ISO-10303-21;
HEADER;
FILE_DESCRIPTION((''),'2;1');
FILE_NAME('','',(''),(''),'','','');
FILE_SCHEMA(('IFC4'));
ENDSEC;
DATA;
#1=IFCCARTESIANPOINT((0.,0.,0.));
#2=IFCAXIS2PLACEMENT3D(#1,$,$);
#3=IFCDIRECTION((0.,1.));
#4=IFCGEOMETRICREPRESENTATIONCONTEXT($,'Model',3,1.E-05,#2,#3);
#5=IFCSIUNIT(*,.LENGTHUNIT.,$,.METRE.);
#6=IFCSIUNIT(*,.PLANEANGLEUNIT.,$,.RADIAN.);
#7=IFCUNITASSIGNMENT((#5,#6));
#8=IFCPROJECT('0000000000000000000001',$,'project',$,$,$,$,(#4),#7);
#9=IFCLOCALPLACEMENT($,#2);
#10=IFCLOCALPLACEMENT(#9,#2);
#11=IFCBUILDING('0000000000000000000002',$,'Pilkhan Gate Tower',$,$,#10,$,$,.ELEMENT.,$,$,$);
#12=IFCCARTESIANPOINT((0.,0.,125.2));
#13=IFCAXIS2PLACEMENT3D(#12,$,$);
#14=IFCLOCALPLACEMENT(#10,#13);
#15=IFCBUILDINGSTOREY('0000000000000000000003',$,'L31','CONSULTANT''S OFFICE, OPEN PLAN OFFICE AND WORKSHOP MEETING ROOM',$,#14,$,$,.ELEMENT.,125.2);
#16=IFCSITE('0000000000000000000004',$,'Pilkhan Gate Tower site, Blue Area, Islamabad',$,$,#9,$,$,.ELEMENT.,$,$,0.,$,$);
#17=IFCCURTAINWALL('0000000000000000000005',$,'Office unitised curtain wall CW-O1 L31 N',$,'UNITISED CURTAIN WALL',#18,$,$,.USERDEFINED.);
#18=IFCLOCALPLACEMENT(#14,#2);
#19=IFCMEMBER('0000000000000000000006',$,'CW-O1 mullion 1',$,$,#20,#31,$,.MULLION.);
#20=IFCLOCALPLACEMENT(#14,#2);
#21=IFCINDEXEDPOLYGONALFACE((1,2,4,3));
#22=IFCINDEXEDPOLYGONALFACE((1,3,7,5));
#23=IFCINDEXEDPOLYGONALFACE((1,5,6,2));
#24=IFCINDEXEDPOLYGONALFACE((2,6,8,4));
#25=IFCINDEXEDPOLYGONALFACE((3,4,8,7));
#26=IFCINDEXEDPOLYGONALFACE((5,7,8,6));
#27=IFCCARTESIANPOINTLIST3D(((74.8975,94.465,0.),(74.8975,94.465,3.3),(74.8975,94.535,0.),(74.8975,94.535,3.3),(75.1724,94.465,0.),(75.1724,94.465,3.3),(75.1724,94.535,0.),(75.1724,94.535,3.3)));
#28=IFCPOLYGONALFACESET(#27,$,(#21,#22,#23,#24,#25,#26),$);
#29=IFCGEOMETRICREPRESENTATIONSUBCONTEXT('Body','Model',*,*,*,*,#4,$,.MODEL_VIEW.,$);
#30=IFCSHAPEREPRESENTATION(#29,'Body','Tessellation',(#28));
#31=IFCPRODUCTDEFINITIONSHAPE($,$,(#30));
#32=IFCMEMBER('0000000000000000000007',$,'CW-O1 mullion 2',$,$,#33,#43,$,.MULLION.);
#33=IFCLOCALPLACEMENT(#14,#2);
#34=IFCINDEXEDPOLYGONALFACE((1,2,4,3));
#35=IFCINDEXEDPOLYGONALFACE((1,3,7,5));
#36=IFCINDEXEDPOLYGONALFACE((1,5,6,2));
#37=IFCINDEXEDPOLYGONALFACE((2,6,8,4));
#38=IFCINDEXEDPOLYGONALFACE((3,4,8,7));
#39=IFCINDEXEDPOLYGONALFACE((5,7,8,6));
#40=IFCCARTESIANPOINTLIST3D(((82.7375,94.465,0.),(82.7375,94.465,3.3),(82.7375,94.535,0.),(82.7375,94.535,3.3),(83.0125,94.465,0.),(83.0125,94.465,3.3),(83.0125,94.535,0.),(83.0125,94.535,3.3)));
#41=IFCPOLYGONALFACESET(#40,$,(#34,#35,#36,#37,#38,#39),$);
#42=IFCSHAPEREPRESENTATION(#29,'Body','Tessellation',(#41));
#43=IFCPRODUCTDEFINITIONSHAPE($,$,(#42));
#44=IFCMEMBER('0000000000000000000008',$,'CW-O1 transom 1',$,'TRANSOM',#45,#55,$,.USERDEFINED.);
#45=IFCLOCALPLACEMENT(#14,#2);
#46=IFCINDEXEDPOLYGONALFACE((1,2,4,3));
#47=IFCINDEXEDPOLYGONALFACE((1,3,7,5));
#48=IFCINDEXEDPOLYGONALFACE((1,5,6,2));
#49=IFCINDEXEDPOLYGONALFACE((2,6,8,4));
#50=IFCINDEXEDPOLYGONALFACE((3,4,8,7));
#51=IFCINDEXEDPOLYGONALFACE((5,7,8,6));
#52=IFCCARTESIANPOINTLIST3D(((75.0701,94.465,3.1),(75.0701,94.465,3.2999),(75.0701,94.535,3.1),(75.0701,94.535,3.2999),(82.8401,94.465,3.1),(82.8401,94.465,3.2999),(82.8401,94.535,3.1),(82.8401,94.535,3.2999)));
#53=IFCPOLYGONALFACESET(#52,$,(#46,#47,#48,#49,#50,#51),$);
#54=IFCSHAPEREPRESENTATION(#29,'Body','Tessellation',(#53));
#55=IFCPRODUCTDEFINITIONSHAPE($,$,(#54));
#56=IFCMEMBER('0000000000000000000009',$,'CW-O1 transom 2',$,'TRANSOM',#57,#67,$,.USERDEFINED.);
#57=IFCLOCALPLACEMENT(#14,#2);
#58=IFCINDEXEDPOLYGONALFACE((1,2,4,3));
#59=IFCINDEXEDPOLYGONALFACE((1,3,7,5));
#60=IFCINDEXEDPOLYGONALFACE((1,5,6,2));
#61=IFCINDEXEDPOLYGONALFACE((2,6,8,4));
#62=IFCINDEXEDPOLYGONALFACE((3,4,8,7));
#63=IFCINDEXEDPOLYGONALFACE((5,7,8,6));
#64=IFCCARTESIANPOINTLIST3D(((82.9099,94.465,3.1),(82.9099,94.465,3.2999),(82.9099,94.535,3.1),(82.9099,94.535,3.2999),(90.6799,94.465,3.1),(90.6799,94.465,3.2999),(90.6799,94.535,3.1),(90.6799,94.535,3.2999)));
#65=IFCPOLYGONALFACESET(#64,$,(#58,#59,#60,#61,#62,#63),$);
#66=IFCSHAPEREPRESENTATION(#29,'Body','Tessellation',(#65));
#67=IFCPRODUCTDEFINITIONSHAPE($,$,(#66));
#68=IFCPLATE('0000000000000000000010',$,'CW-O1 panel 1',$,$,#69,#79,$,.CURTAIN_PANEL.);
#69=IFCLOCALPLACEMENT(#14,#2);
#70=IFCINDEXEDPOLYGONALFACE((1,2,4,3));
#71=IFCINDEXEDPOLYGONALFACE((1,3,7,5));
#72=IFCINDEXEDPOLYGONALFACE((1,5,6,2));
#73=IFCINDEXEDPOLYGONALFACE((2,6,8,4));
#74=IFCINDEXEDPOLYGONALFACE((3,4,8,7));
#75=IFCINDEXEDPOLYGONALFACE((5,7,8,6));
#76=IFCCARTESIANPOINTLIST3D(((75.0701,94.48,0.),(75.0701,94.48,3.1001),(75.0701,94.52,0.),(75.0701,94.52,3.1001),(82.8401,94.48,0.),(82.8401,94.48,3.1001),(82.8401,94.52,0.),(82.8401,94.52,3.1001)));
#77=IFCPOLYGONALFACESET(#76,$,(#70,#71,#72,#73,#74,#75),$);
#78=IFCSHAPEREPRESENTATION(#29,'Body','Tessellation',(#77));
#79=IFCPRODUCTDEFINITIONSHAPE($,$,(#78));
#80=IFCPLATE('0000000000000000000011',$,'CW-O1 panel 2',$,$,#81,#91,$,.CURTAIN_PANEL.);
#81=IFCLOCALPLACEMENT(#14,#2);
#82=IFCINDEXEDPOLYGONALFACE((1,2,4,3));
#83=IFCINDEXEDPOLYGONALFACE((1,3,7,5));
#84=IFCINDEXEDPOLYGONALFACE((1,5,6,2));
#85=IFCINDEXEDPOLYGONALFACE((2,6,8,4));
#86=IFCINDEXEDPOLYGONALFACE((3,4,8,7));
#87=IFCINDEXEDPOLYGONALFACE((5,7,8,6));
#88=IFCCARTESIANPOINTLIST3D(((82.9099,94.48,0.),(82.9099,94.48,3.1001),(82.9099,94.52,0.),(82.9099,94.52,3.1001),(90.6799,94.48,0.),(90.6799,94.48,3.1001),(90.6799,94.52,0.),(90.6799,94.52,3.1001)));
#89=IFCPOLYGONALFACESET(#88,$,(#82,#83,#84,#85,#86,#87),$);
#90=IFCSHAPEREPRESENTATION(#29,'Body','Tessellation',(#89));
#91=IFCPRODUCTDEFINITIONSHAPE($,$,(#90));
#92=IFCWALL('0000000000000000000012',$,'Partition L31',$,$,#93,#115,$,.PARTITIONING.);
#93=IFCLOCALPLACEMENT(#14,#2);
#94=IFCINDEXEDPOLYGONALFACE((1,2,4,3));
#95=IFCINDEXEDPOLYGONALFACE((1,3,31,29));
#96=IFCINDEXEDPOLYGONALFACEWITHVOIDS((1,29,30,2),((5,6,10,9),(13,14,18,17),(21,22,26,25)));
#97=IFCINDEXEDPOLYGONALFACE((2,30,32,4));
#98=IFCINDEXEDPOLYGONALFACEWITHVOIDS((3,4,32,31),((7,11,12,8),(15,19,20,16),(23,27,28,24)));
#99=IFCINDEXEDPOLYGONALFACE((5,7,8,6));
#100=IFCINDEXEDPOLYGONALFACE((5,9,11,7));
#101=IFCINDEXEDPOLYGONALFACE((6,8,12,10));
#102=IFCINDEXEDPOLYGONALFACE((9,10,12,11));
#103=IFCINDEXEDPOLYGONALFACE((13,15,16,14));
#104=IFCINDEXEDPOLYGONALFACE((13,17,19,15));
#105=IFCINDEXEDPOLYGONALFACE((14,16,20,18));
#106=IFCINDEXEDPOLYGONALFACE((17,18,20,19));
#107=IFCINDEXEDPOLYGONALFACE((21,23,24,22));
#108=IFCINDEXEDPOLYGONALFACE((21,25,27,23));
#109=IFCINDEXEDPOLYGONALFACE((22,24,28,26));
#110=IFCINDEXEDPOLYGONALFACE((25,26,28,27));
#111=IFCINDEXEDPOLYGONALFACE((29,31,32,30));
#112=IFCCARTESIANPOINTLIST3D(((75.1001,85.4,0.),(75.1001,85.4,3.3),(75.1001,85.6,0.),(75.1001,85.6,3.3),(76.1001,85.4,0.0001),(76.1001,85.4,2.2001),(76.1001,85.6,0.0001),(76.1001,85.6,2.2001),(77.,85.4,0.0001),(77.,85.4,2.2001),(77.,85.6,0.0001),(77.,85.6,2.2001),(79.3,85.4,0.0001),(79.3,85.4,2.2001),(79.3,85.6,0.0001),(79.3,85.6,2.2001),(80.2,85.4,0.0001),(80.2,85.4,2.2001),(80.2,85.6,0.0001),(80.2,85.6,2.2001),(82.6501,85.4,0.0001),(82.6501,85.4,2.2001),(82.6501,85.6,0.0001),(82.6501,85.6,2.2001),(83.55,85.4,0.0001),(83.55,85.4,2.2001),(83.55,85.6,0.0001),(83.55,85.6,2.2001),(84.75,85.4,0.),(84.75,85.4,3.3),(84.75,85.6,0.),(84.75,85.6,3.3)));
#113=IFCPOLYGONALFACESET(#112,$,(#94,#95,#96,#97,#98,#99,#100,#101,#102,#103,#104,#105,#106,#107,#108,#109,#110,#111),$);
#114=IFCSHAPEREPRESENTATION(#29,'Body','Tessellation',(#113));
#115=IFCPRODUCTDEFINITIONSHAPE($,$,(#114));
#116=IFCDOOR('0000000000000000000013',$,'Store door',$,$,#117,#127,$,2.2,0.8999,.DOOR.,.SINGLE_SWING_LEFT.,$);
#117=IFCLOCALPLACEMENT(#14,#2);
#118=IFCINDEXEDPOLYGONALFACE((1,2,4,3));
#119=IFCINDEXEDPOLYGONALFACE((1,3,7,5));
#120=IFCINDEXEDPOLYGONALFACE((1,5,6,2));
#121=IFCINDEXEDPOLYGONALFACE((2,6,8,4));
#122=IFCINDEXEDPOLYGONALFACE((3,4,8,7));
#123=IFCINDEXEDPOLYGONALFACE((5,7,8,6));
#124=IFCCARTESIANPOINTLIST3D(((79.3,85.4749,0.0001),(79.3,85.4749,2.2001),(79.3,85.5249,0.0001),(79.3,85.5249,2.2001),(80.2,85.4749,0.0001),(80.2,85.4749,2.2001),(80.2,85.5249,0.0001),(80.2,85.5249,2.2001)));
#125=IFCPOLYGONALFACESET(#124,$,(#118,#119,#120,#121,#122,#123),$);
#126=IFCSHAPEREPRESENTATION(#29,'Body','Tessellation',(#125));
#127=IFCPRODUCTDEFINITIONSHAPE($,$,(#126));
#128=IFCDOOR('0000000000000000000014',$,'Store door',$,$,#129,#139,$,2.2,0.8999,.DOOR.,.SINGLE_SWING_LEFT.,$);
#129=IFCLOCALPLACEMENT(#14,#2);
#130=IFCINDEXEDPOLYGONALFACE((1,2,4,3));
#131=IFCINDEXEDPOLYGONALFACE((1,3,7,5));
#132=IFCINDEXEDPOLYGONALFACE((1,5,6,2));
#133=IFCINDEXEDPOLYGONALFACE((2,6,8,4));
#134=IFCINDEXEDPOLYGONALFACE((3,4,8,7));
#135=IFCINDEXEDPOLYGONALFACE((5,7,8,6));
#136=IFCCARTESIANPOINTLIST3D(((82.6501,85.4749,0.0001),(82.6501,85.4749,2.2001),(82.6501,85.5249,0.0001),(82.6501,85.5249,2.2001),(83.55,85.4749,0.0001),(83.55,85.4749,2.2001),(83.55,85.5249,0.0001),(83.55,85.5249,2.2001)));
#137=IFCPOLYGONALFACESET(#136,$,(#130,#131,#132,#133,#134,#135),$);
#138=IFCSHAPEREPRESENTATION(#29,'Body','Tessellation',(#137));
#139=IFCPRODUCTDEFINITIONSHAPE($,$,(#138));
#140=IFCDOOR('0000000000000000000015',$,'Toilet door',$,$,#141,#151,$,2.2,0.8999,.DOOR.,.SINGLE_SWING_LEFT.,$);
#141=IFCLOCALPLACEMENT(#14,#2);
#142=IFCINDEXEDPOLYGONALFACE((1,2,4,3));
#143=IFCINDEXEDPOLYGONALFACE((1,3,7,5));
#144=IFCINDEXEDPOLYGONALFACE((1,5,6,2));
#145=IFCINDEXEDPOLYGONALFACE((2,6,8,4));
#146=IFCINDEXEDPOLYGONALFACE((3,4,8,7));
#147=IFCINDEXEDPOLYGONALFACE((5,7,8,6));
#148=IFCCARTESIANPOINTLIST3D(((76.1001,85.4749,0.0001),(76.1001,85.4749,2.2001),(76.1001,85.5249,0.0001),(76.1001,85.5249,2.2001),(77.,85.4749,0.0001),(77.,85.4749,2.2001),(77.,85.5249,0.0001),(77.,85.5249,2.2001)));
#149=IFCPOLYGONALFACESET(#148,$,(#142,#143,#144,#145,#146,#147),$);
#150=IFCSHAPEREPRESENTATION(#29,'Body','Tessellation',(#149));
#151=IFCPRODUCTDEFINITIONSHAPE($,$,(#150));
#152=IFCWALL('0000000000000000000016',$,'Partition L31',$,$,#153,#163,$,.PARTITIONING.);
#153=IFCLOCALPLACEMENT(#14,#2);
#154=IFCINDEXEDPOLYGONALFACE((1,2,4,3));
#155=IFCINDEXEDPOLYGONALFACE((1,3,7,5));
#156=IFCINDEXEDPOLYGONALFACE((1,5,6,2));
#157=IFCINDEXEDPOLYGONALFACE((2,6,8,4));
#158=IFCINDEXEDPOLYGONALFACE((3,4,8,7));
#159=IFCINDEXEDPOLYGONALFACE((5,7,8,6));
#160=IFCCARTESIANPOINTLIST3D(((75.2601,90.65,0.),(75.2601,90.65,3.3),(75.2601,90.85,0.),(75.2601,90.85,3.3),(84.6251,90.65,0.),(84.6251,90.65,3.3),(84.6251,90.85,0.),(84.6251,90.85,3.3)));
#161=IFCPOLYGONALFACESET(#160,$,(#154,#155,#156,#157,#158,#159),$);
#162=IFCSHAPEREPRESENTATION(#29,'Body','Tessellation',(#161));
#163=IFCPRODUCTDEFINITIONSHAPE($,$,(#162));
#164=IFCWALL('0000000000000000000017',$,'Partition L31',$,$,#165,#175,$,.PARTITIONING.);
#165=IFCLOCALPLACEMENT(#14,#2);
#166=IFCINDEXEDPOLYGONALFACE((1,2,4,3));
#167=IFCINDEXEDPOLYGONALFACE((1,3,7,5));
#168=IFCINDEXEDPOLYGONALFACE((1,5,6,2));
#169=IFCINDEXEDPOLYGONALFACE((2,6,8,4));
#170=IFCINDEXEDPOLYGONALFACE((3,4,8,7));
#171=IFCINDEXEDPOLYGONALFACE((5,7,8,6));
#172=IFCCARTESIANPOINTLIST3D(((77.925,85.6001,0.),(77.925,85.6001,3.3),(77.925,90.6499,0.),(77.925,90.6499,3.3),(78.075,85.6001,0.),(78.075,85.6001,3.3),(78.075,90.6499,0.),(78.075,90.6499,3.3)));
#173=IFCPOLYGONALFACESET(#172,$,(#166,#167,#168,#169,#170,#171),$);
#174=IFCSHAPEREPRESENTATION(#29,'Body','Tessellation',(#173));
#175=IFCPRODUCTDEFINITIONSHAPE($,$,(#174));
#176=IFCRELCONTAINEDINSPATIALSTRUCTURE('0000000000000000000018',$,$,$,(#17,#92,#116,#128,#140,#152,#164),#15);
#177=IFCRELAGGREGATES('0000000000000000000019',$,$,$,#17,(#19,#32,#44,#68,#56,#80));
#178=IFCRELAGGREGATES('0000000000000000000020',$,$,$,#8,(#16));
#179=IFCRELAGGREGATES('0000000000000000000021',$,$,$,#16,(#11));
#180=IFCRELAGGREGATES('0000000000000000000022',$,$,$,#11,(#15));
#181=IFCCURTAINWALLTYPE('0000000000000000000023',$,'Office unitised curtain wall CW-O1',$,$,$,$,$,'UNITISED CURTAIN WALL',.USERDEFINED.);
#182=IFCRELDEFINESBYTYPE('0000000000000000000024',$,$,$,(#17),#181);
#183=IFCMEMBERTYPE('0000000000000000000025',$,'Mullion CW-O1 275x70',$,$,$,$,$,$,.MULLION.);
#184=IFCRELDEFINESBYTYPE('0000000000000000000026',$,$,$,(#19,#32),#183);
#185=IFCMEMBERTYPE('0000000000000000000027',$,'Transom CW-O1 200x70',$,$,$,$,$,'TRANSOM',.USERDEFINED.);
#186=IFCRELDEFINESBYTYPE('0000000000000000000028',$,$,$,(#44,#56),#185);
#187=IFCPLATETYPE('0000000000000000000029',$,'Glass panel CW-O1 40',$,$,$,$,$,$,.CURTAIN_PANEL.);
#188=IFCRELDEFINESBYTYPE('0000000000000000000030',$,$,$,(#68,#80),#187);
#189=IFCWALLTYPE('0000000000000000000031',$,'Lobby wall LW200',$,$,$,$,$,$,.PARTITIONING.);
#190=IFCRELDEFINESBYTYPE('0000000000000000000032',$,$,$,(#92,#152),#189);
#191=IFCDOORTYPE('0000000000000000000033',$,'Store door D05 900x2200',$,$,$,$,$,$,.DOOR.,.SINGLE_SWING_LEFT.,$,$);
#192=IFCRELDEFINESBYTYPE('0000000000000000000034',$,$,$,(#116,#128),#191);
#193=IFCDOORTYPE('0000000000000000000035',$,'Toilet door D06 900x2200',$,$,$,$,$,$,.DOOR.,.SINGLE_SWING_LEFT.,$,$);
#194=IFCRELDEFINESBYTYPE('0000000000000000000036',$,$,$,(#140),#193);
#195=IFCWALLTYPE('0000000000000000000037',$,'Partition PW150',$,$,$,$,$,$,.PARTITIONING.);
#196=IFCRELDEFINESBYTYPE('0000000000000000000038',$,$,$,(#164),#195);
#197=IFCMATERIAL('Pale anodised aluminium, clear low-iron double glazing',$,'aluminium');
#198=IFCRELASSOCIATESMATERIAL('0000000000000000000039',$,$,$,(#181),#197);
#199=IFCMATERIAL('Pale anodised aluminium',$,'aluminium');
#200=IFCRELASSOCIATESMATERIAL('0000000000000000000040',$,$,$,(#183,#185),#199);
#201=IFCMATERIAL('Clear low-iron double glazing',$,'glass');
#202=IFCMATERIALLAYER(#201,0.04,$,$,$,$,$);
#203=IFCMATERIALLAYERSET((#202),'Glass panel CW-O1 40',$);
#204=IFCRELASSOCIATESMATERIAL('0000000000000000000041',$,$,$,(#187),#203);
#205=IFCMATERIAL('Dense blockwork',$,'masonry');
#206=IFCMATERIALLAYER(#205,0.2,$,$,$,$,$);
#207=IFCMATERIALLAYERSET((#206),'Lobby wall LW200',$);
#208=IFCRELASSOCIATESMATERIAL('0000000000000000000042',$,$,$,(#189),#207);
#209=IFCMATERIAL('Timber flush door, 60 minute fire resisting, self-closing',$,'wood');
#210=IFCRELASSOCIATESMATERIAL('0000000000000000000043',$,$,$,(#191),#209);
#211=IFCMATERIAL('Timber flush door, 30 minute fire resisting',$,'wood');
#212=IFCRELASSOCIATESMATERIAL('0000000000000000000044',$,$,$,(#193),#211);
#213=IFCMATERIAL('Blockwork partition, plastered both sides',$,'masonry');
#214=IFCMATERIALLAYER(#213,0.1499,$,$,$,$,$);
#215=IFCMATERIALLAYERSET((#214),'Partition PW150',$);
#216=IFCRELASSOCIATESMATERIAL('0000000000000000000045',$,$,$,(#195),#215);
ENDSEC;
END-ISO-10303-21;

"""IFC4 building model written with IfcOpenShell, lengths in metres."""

from ifc_helpers import new_model, si_unit, direction, frame, frame_2d, origin, origin_2d, place, context, subcontext, project, spatial, rectangle, extrude, material, layer, layer_set, material_profile, profile_set, type_object, element, fill, aggregate, save


model = new_model("IFC4")

# Units and contexts
model_context = context("Model", 3, precision=1e-05, world=origin(), true_north=direction((0.0, 1.0)))
body_context = subcontext(model_context, "Body", "Model", "MODEL_VIEW")
ifc_project = project(units=[si_unit("LENGTHUNIT", "METRE"), si_unit("PLANEANGLEUNIT", "RADIAN")], contexts=[model_context])

# Site, building, storey
site_placement = place(None, origin())
site = spatial("IfcSite", under=ifc_project, at=site_placement, Name="Pilkhan Gate Tower site, Blue Area, Islamabad", CompositionType="ELEMENT", RefElevation=0.0)
building_placement = place(site_placement, origin())
building = spatial("IfcBuilding", under=site, at=building_placement, Name="Pilkhan Gate Tower", CompositionType="ELEMENT")
storey_placement = place(building_placement, frame((0.0, 0.0, 125.2)))
storey = spatial("IfcBuildingStorey", under=building, at=storey_placement, Name="L31", Description="CONSULTANT'S OFFICE, OPEN PLAN OFFICE AND WORKSHOP MEETING ROOM", CompositionType="ELEMENT", Elevation=125.2)

# Curtain wall, members, plates
ifc_material_1 = material(Name="Pale anodised aluminium, clear low-iron double glazing", Category="aluminium")
curtain_wall_type = type_object("IfcCurtainWallType", Name="Office unitised curtain wall CW-O1", ElementType="UNITISED CURTAIN WALL", PredefinedType="USERDEFINED", material=ifc_material_1)
curtain_wall_placement = place(storey_placement, origin())
curtain_wall = element("IfcCurtainWall", 1, at=curtain_wall_placement, inside=storey, type_object=curtain_wall_type, Name="Office unitised curtain wall CW-O1 L31 N", ObjectType="UNITISED CURTAIN WALL", PredefinedType="USERDEFINED")
ifc_material_2 = material(Name="Pale anodised aluminium", Category="aluminium")
ifc_material_profile_1 = material_profile(ifc_material_2, rectangle(XDim=0.0701, YDim=0.2749, at=origin_2d()), Name="Mullion 275x70")
ifc_profile_set_1 = profile_set([ifc_material_profile_1], Name="Pale anodised aluminium")
member_type_1 = type_object("IfcMemberType", Name="Mullion CW-O1 275x70", PredefinedType="MULLION", material=ifc_profile_set_1)
member_1_placement = place(storey_placement, frame((75.0349, 94.5, 0.0), z_axis=(0.0, 0.0, 1.0), x_axis=(0.0, 1.0, 0.0)))
member_1 = element("IfcMember", 2, at=member_1_placement, type_object=member_type_1, Name="CW-O1 mullion 1", PredefinedType="MULLION", context=body_context, shape_type="SweptSolid", body=[
    extrude(rectangle(XDim=0.0701, YDim=0.2749, at=origin_2d()), origin(), (0.0, 0.0, 1.0), 3.3),
])
member_2_placement = place(storey_placement, frame((82.875, 94.5, 0.0), z_axis=(0.0, 0.0, 1.0), x_axis=(0.0, 1.0, 0.0)))
member_2 = element("IfcMember", 3, at=member_2_placement, type_object=member_type_1, Name="CW-O1 mullion 2", PredefinedType="MULLION", context=body_context, shape_type="SweptSolid", body=[
    extrude(rectangle(XDim=0.0701, YDim=0.2749, at=origin_2d()), origin(), (0.0, 0.0, 1.0), 3.3),
])
ifc_material_profile_2 = material_profile(ifc_material_2, rectangle(XDim=0.0701, YDim=0.2, at=origin_2d()), Name="Transom 200x70")
ifc_profile_set_2 = profile_set([ifc_material_profile_2], Name="Pale anodised aluminium")
member_type_2 = type_object("IfcMemberType", Name="Transom CW-O1 200x70", ElementType="TRANSOM", PredefinedType="USERDEFINED", material=ifc_profile_set_2)
member_3_placement = place(storey_placement, frame((75.0701, 94.5, 3.2), z_axis=(1.0, 0.0, 0.0), x_axis=(0.0, 1.0, 0.0)))
member_3 = element("IfcMember", 4, at=member_3_placement, type_object=member_type_2, Name="CW-O1 transom 1", ObjectType="TRANSOM", PredefinedType="USERDEFINED", context=body_context, shape_type="SweptSolid", body=[
    extrude(rectangle(XDim=0.0701, YDim=0.2, at=origin_2d()), origin(), (0.0, 0.0, 1.0), 7.77),
])
member_4_placement = place(storey_placement, frame((82.9099, 94.5, 3.2), z_axis=(1.0, 0.0, 0.0), x_axis=(0.0, 1.0, 0.0)))
member_4 = element("IfcMember", 5, at=member_4_placement, type_object=member_type_2, Name="CW-O1 transom 2", ObjectType="TRANSOM", PredefinedType="USERDEFINED", context=body_context, shape_type="SweptSolid", body=[
    extrude(rectangle(XDim=0.0701, YDim=0.2, at=origin_2d()), origin(), (0.0, 0.0, 1.0), 7.77),
])
ifc_material_3 = material(Name="Clear low-iron double glazing", Category="glass")
ifc_layer_1 = layer(ifc_material_3, 0.04)
ifc_layer_set_1 = layer_set([ifc_layer_1], Name="Glass panel CW-O1 40")
plate_type = type_object("IfcPlateType", Name="Glass panel CW-O1 40", PredefinedType="CURTAIN_PANEL", material=ifc_layer_set_1)
plate_1_placement = place(storey_placement, frame((78.9551, 94.5, 0.0), z_axis=(0.0, 0.0, 1.0), x_axis=(1.0, 0.0, 0.0)))
plate_1 = element("IfcPlate", 6, at=plate_1_placement, type_object=plate_type, Name="CW-O1 panel 1", PredefinedType="CURTAIN_PANEL", context=body_context, shape_type="SweptSolid", body=[
    extrude(rectangle(XDim=7.77, YDim=0.04, at=origin_2d()), origin(), (0.0, 0.0, 1.0), 3.1001),
])
plate_2_placement = place(storey_placement, frame((86.7949, 94.5, 0.0), z_axis=(0.0, 0.0, 1.0), x_axis=(1.0, 0.0, 0.0)))
plate_2 = element("IfcPlate", 7, at=plate_2_placement, type_object=plate_type, Name="CW-O1 panel 2", PredefinedType="CURTAIN_PANEL", context=body_context, shape_type="SweptSolid", body=[
    extrude(rectangle(XDim=7.77, YDim=0.04, at=origin_2d()), origin(), (0.0, 0.0, 1.0), 3.1001),
])
aggregate(curtain_wall, [member_1, member_2, member_3, plate_1, member_4, plate_2])

# Wall, openings, doors
ifc_material_4 = material(Name="Dense blockwork", Category="masonry")
ifc_layer_2 = layer(ifc_material_4, 0.2)
ifc_layer_set_2 = layer_set([ifc_layer_2], Name="Lobby wall LW200")
wall_type_1 = type_object("IfcWallType", Name="Lobby wall LW200", PredefinedType="PARTITIONING", material=ifc_layer_set_2)
wall_1_placement = place(storey_placement, frame((75.1001, 85.5, 0.0), z_axis=(0.0, 0.0, 1.0), x_axis=(1.0, 0.0, 0.0)))
wall_1 = element("IfcWall", 8, at=wall_1_placement, inside=storey, type_object=wall_type_1, Name="Partition L31", PredefinedType="PARTITIONING", context=body_context, shape_type="SweptSolid", body=[
    extrude(rectangle(XDim=9.6499, YDim=0.2, at=frame_2d((4.825, 0.0))), origin(), (0.0, 0.0, 1.0), 3.3),
])
opening_1_placement = place(wall_1_placement, frame((1.0, 0.0, 0.0)))
opening_1 = element("IfcOpeningElement", 9, at=opening_1_placement, cuts=wall_1, PredefinedType="OPENING", context=body_context, shape_type="SweptSolid", body=[
    extrude(rectangle(XDim=0.8999, YDim=2.2, at=frame_2d((0.45, 1.1001))), frame((0.0, 0.1099, 0.0), z_axis=(0.0, -1.0, 0.0), x_axis=(1.0, 0.0, 0.0)), (0.0, 0.0, 1.0), 0.22),
])
opening_2_placement = place(wall_1_placement, frame((4.2, 0.0, 0.0)))
opening_2 = element("IfcOpeningElement", 10, at=opening_2_placement, cuts=wall_1, PredefinedType="OPENING", context=body_context, shape_type="SweptSolid", body=[
    extrude(rectangle(XDim=0.8999, YDim=2.2, at=frame_2d((0.45, 1.1001))), frame((0.0, 0.1099, 0.0), z_axis=(0.0, -1.0, 0.0), x_axis=(1.0, 0.0, 0.0)), (0.0, 0.0, 1.0), 0.22),
])
opening_3_placement = place(wall_1_placement, frame((7.55, 0.0, 0.0)))
opening_3 = element("IfcOpeningElement", 11, at=opening_3_placement, cuts=wall_1, PredefinedType="OPENING", context=body_context, shape_type="SweptSolid", body=[
    extrude(rectangle(XDim=0.8999, YDim=2.2, at=frame_2d((0.45, 1.1001))), frame((0.0, 0.1099, 0.0), z_axis=(0.0, -1.0, 0.0), x_axis=(1.0, 0.0, 0.0)), (0.0, 0.0, 1.0), 0.22),
])
ifc_material_5 = material(Name="Timber flush door, 60 minute fire resisting, self-closing", Category="wood")
door_type_1 = type_object("IfcDoorType", Name="Store door D05 900x2200", OperationType="SINGLE_SWING_LEFT", PredefinedType="DOOR", material=ifc_material_5)
door_1_placement = place(opening_2_placement, origin())
door_1 = element("IfcDoor", 12, at=door_1_placement, inside=storey, type_object=door_type_1, Name="Store door", OperationType="SINGLE_SWING_LEFT", OverallHeight=2.2, OverallWidth=0.8999, PredefinedType="DOOR", context=body_context, shape_type="SweptSolid", body=[
    extrude(rectangle(XDim=0.8999, YDim=2.2, at=frame_2d((0.45, 1.1001))), frame((0.0, 0.0249, 0.0), z_axis=(0.0, -1.0, 0.0), x_axis=(1.0, 0.0, 0.0)), (0.0, 0.0, 1.0), 0.05),
])
fill(opening_2, door_1)
door_2_placement = place(opening_3_placement, origin())
door_2 = element("IfcDoor", 13, at=door_2_placement, inside=storey, type_object=door_type_1, Name="Store door", OperationType="SINGLE_SWING_LEFT", OverallHeight=2.2, OverallWidth=0.8999, PredefinedType="DOOR", context=body_context, shape_type="SweptSolid", body=[
    extrude(rectangle(XDim=0.8999, YDim=2.2, at=frame_2d((0.45, 1.1001))), frame((0.0, 0.0249, 0.0), z_axis=(0.0, -1.0, 0.0), x_axis=(1.0, 0.0, 0.0)), (0.0, 0.0, 1.0), 0.05),
])
fill(opening_3, door_2)
ifc_material_6 = material(Name="Timber flush door, 30 minute fire resisting", Category="wood")
door_type_2 = type_object("IfcDoorType", Name="Toilet door D06 900x2200", OperationType="SINGLE_SWING_LEFT", PredefinedType="DOOR", material=ifc_material_6)
door_3_placement = place(opening_1_placement, origin())
door_3 = element("IfcDoor", 14, at=door_3_placement, inside=storey, type_object=door_type_2, Name="Toilet door", OperationType="SINGLE_SWING_LEFT", OverallHeight=2.2, OverallWidth=0.8999, PredefinedType="DOOR", context=body_context, shape_type="SweptSolid", body=[
    extrude(rectangle(XDim=0.8999, YDim=2.2, at=frame_2d((0.45, 1.1001))), frame((0.0, 0.0249, 0.0), z_axis=(0.0, -1.0, 0.0), x_axis=(1.0, 0.0, 0.0)), (0.0, 0.0, 1.0), 0.05),
])
fill(opening_1, door_3)

# Walls
wall_2_placement = place(storey_placement, frame((75.26, 90.75, 0.0), z_axis=(0.0, 0.0, 1.0), x_axis=(1.0, 0.0, 0.0)))
element("IfcWall", 15, at=wall_2_placement, inside=storey, type_object=wall_type_1, Name="Partition L31", PredefinedType="PARTITIONING", context=body_context, shape_type="SweptSolid", body=[
    extrude(rectangle(XDim=9.365, YDim=0.2, at=frame_2d((4.6826, 0.0))), origin(), (0.0, 0.0, 1.0), 3.3),
])
ifc_material_7 = material(Name="Blockwork partition, plastered both sides", Category="masonry")
ifc_layer_3 = layer(ifc_material_7, 0.1499)
ifc_layer_set_3 = layer_set([ifc_layer_3], Name="Partition PW150")
wall_type_2 = type_object("IfcWallType", Name="Partition PW150", PredefinedType="PARTITIONING", material=ifc_layer_set_3)
for number, where, z_axis, x_axis, name in (
    (16, (78.0, 85.6001, 0.0), (0.0, 0.0, 1.0), (0.0, 1.0, 0.0), "Partition L31"),
):
    element("IfcWall", number, at=place(storey_placement, frame(where, z_axis=z_axis, x_axis=x_axis)), inside=storey, type_object=wall_type_2, Name=name, PredefinedType="PARTITIONING", context=body_context, shape_type="SweptSolid", body=[
        extrude(rectangle(XDim=5.0498, YDim=0.1499, at=frame_2d((2.5249, 0.0))), origin(), (0.0, 0.0, 1.0), 3.3),
    ])

save(model, "model.ifc")
